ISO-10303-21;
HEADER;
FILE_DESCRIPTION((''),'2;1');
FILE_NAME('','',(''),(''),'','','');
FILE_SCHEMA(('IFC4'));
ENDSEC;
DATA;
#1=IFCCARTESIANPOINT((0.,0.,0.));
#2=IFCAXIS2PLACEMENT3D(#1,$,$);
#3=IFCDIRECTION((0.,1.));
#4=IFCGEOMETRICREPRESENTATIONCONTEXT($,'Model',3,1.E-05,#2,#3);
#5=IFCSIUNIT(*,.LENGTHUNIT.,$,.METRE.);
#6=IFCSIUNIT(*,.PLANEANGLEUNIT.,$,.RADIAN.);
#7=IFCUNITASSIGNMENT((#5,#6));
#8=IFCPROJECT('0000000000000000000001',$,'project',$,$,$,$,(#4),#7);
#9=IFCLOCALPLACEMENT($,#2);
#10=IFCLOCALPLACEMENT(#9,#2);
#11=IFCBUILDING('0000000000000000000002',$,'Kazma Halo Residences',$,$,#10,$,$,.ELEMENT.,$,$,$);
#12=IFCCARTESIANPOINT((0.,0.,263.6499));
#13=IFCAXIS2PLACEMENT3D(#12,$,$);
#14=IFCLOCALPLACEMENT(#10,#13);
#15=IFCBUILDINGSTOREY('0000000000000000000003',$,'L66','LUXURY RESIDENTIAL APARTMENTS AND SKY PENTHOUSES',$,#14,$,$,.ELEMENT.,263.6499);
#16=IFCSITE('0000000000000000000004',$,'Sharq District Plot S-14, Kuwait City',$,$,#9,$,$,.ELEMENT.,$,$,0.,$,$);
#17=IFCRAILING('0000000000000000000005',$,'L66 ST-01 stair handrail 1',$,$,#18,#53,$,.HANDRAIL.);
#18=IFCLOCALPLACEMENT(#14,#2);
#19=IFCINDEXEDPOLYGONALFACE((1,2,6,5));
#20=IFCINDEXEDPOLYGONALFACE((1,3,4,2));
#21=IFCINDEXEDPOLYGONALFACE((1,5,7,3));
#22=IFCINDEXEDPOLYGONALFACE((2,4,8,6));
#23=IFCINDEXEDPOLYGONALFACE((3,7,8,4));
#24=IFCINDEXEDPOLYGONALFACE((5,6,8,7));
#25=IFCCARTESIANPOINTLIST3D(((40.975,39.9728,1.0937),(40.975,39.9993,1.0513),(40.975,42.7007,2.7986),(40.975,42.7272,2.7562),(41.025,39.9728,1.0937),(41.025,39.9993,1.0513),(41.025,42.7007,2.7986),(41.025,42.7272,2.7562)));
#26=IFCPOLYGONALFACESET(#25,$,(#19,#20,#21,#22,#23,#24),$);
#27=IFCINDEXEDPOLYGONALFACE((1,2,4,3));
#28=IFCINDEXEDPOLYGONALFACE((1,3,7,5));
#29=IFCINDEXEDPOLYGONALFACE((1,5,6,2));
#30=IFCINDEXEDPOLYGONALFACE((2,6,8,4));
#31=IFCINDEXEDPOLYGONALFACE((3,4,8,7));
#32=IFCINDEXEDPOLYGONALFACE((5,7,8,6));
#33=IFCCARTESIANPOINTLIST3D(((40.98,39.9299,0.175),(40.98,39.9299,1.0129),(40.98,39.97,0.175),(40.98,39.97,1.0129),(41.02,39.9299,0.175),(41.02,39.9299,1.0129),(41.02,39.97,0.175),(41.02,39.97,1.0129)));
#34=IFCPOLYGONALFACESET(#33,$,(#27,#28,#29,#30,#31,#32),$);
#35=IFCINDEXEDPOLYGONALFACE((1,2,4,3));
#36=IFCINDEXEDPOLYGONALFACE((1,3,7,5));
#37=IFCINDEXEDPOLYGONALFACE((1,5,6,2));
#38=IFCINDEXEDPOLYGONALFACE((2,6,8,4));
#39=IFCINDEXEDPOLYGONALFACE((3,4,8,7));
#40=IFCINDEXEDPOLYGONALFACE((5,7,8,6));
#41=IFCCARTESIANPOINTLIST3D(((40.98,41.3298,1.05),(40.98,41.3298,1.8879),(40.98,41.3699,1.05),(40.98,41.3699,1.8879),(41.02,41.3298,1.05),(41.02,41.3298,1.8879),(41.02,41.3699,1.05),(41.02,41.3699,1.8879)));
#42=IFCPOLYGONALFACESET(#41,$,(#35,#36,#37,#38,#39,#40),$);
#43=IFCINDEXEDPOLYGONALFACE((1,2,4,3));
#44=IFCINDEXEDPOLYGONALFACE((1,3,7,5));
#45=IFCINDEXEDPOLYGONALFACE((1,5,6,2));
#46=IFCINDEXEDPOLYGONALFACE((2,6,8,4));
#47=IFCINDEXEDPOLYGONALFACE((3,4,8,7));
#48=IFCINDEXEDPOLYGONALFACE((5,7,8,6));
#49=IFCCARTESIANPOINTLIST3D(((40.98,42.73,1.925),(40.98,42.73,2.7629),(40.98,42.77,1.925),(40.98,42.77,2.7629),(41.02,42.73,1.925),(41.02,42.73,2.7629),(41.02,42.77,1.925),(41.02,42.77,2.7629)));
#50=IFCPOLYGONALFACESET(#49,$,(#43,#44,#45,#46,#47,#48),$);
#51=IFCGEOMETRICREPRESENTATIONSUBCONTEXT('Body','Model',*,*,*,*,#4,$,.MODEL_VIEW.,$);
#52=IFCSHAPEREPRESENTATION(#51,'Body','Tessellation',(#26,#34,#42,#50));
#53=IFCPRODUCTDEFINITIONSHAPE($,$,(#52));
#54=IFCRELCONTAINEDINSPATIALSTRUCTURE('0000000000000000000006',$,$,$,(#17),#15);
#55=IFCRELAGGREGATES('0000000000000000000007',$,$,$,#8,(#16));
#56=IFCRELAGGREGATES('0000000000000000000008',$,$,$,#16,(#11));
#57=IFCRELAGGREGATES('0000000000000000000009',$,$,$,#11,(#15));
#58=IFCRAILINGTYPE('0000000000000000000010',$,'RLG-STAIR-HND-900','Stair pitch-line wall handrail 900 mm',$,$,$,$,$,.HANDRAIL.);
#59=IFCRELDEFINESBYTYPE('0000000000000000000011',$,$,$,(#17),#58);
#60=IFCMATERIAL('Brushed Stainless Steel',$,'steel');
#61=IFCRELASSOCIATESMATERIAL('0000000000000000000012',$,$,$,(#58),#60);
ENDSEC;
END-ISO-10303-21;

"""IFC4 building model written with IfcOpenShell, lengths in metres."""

from ifc_helpers import new_model, si_unit, direction, frame, origin, origin_2d, place, context, subcontext, project, spatial, rectangle, extrude, material, type_object, element, save


model = new_model("IFC4")

# Units and contexts
model_context = context("Model", 3, precision=1e-05, world=origin(), true_north=direction((0.0, 1.0)))
body_context = subcontext(model_context, "Body", "Model", "MODEL_VIEW")
ifc_project = project(units=[si_unit("LENGTHUNIT", "METRE"), si_unit("PLANEANGLEUNIT", "RADIAN")], contexts=[model_context])

# Site, building, storey
site_placement = place(None, origin())
site = spatial("IfcSite", under=ifc_project, at=site_placement, Name="Sharq District Plot S-14, Kuwait City", CompositionType="ELEMENT", RefElevation=0.0)
building_placement = place(site_placement, origin())
building = spatial("IfcBuilding", under=site, at=building_placement, Name="Kazma Halo Residences", CompositionType="ELEMENT")
storey_placement = place(building_placement, frame((0.0, 0.0, 263.6499)))
storey = spatial("IfcBuildingStorey", under=building, at=storey_placement, Name="L66", Description="LUXURY RESIDENTIAL APARTMENTS AND SKY PENTHOUSES", CompositionType="ELEMENT", Elevation=263.6499)

# Railing
ifc_material_1 = material(Name="Brushed Stainless Steel", Category="steel")
railing_type_1 = type_object("IfcRailingType", Name="RLG-STAIR-HND-900", Description="Stair pitch-line wall handrail 900 mm", PredefinedType="HANDRAIL", material=ifc_material_1)
railing_1_placement = place(storey_placement, frame((41.0, 39.95, 0.175)))
element("IfcRailing", 1, at=railing_1_placement, inside=storey, type_object=railing_type_1, Name="L66 ST-01 stair handrail 1", PredefinedType="HANDRAIL", context=body_context, shape_type="SweptSolid", body=[
    extrude(rectangle(XDim=0.05, YDim=0.05, at=origin_2d()), frame((0.0, 0.0361, 0.8975), z_axis=(0.0, 0.848002, 0.529992), x_axis=(-1.0, 0.0, 0.0)), (0.0, 0.0, 1.0), 3.2168),
    extrude(rectangle(XDim=0.04, YDim=0.04, at=origin_2d()), origin(), (0.0, 0.0, 1.0), 0.8379),
    extrude(rectangle(XDim=0.04, YDim=0.04, at=origin_2d()), frame((0.0, 1.3999, 0.875)), (0.0, 0.0, 1.0), 0.8379),
    extrude(rectangle(XDim=0.04, YDim=0.04, at=origin_2d()), frame((0.0, 2.8, 1.75)), (0.0, 0.0, 1.0), 0.8379),
])

save(model, "model.ifc")
